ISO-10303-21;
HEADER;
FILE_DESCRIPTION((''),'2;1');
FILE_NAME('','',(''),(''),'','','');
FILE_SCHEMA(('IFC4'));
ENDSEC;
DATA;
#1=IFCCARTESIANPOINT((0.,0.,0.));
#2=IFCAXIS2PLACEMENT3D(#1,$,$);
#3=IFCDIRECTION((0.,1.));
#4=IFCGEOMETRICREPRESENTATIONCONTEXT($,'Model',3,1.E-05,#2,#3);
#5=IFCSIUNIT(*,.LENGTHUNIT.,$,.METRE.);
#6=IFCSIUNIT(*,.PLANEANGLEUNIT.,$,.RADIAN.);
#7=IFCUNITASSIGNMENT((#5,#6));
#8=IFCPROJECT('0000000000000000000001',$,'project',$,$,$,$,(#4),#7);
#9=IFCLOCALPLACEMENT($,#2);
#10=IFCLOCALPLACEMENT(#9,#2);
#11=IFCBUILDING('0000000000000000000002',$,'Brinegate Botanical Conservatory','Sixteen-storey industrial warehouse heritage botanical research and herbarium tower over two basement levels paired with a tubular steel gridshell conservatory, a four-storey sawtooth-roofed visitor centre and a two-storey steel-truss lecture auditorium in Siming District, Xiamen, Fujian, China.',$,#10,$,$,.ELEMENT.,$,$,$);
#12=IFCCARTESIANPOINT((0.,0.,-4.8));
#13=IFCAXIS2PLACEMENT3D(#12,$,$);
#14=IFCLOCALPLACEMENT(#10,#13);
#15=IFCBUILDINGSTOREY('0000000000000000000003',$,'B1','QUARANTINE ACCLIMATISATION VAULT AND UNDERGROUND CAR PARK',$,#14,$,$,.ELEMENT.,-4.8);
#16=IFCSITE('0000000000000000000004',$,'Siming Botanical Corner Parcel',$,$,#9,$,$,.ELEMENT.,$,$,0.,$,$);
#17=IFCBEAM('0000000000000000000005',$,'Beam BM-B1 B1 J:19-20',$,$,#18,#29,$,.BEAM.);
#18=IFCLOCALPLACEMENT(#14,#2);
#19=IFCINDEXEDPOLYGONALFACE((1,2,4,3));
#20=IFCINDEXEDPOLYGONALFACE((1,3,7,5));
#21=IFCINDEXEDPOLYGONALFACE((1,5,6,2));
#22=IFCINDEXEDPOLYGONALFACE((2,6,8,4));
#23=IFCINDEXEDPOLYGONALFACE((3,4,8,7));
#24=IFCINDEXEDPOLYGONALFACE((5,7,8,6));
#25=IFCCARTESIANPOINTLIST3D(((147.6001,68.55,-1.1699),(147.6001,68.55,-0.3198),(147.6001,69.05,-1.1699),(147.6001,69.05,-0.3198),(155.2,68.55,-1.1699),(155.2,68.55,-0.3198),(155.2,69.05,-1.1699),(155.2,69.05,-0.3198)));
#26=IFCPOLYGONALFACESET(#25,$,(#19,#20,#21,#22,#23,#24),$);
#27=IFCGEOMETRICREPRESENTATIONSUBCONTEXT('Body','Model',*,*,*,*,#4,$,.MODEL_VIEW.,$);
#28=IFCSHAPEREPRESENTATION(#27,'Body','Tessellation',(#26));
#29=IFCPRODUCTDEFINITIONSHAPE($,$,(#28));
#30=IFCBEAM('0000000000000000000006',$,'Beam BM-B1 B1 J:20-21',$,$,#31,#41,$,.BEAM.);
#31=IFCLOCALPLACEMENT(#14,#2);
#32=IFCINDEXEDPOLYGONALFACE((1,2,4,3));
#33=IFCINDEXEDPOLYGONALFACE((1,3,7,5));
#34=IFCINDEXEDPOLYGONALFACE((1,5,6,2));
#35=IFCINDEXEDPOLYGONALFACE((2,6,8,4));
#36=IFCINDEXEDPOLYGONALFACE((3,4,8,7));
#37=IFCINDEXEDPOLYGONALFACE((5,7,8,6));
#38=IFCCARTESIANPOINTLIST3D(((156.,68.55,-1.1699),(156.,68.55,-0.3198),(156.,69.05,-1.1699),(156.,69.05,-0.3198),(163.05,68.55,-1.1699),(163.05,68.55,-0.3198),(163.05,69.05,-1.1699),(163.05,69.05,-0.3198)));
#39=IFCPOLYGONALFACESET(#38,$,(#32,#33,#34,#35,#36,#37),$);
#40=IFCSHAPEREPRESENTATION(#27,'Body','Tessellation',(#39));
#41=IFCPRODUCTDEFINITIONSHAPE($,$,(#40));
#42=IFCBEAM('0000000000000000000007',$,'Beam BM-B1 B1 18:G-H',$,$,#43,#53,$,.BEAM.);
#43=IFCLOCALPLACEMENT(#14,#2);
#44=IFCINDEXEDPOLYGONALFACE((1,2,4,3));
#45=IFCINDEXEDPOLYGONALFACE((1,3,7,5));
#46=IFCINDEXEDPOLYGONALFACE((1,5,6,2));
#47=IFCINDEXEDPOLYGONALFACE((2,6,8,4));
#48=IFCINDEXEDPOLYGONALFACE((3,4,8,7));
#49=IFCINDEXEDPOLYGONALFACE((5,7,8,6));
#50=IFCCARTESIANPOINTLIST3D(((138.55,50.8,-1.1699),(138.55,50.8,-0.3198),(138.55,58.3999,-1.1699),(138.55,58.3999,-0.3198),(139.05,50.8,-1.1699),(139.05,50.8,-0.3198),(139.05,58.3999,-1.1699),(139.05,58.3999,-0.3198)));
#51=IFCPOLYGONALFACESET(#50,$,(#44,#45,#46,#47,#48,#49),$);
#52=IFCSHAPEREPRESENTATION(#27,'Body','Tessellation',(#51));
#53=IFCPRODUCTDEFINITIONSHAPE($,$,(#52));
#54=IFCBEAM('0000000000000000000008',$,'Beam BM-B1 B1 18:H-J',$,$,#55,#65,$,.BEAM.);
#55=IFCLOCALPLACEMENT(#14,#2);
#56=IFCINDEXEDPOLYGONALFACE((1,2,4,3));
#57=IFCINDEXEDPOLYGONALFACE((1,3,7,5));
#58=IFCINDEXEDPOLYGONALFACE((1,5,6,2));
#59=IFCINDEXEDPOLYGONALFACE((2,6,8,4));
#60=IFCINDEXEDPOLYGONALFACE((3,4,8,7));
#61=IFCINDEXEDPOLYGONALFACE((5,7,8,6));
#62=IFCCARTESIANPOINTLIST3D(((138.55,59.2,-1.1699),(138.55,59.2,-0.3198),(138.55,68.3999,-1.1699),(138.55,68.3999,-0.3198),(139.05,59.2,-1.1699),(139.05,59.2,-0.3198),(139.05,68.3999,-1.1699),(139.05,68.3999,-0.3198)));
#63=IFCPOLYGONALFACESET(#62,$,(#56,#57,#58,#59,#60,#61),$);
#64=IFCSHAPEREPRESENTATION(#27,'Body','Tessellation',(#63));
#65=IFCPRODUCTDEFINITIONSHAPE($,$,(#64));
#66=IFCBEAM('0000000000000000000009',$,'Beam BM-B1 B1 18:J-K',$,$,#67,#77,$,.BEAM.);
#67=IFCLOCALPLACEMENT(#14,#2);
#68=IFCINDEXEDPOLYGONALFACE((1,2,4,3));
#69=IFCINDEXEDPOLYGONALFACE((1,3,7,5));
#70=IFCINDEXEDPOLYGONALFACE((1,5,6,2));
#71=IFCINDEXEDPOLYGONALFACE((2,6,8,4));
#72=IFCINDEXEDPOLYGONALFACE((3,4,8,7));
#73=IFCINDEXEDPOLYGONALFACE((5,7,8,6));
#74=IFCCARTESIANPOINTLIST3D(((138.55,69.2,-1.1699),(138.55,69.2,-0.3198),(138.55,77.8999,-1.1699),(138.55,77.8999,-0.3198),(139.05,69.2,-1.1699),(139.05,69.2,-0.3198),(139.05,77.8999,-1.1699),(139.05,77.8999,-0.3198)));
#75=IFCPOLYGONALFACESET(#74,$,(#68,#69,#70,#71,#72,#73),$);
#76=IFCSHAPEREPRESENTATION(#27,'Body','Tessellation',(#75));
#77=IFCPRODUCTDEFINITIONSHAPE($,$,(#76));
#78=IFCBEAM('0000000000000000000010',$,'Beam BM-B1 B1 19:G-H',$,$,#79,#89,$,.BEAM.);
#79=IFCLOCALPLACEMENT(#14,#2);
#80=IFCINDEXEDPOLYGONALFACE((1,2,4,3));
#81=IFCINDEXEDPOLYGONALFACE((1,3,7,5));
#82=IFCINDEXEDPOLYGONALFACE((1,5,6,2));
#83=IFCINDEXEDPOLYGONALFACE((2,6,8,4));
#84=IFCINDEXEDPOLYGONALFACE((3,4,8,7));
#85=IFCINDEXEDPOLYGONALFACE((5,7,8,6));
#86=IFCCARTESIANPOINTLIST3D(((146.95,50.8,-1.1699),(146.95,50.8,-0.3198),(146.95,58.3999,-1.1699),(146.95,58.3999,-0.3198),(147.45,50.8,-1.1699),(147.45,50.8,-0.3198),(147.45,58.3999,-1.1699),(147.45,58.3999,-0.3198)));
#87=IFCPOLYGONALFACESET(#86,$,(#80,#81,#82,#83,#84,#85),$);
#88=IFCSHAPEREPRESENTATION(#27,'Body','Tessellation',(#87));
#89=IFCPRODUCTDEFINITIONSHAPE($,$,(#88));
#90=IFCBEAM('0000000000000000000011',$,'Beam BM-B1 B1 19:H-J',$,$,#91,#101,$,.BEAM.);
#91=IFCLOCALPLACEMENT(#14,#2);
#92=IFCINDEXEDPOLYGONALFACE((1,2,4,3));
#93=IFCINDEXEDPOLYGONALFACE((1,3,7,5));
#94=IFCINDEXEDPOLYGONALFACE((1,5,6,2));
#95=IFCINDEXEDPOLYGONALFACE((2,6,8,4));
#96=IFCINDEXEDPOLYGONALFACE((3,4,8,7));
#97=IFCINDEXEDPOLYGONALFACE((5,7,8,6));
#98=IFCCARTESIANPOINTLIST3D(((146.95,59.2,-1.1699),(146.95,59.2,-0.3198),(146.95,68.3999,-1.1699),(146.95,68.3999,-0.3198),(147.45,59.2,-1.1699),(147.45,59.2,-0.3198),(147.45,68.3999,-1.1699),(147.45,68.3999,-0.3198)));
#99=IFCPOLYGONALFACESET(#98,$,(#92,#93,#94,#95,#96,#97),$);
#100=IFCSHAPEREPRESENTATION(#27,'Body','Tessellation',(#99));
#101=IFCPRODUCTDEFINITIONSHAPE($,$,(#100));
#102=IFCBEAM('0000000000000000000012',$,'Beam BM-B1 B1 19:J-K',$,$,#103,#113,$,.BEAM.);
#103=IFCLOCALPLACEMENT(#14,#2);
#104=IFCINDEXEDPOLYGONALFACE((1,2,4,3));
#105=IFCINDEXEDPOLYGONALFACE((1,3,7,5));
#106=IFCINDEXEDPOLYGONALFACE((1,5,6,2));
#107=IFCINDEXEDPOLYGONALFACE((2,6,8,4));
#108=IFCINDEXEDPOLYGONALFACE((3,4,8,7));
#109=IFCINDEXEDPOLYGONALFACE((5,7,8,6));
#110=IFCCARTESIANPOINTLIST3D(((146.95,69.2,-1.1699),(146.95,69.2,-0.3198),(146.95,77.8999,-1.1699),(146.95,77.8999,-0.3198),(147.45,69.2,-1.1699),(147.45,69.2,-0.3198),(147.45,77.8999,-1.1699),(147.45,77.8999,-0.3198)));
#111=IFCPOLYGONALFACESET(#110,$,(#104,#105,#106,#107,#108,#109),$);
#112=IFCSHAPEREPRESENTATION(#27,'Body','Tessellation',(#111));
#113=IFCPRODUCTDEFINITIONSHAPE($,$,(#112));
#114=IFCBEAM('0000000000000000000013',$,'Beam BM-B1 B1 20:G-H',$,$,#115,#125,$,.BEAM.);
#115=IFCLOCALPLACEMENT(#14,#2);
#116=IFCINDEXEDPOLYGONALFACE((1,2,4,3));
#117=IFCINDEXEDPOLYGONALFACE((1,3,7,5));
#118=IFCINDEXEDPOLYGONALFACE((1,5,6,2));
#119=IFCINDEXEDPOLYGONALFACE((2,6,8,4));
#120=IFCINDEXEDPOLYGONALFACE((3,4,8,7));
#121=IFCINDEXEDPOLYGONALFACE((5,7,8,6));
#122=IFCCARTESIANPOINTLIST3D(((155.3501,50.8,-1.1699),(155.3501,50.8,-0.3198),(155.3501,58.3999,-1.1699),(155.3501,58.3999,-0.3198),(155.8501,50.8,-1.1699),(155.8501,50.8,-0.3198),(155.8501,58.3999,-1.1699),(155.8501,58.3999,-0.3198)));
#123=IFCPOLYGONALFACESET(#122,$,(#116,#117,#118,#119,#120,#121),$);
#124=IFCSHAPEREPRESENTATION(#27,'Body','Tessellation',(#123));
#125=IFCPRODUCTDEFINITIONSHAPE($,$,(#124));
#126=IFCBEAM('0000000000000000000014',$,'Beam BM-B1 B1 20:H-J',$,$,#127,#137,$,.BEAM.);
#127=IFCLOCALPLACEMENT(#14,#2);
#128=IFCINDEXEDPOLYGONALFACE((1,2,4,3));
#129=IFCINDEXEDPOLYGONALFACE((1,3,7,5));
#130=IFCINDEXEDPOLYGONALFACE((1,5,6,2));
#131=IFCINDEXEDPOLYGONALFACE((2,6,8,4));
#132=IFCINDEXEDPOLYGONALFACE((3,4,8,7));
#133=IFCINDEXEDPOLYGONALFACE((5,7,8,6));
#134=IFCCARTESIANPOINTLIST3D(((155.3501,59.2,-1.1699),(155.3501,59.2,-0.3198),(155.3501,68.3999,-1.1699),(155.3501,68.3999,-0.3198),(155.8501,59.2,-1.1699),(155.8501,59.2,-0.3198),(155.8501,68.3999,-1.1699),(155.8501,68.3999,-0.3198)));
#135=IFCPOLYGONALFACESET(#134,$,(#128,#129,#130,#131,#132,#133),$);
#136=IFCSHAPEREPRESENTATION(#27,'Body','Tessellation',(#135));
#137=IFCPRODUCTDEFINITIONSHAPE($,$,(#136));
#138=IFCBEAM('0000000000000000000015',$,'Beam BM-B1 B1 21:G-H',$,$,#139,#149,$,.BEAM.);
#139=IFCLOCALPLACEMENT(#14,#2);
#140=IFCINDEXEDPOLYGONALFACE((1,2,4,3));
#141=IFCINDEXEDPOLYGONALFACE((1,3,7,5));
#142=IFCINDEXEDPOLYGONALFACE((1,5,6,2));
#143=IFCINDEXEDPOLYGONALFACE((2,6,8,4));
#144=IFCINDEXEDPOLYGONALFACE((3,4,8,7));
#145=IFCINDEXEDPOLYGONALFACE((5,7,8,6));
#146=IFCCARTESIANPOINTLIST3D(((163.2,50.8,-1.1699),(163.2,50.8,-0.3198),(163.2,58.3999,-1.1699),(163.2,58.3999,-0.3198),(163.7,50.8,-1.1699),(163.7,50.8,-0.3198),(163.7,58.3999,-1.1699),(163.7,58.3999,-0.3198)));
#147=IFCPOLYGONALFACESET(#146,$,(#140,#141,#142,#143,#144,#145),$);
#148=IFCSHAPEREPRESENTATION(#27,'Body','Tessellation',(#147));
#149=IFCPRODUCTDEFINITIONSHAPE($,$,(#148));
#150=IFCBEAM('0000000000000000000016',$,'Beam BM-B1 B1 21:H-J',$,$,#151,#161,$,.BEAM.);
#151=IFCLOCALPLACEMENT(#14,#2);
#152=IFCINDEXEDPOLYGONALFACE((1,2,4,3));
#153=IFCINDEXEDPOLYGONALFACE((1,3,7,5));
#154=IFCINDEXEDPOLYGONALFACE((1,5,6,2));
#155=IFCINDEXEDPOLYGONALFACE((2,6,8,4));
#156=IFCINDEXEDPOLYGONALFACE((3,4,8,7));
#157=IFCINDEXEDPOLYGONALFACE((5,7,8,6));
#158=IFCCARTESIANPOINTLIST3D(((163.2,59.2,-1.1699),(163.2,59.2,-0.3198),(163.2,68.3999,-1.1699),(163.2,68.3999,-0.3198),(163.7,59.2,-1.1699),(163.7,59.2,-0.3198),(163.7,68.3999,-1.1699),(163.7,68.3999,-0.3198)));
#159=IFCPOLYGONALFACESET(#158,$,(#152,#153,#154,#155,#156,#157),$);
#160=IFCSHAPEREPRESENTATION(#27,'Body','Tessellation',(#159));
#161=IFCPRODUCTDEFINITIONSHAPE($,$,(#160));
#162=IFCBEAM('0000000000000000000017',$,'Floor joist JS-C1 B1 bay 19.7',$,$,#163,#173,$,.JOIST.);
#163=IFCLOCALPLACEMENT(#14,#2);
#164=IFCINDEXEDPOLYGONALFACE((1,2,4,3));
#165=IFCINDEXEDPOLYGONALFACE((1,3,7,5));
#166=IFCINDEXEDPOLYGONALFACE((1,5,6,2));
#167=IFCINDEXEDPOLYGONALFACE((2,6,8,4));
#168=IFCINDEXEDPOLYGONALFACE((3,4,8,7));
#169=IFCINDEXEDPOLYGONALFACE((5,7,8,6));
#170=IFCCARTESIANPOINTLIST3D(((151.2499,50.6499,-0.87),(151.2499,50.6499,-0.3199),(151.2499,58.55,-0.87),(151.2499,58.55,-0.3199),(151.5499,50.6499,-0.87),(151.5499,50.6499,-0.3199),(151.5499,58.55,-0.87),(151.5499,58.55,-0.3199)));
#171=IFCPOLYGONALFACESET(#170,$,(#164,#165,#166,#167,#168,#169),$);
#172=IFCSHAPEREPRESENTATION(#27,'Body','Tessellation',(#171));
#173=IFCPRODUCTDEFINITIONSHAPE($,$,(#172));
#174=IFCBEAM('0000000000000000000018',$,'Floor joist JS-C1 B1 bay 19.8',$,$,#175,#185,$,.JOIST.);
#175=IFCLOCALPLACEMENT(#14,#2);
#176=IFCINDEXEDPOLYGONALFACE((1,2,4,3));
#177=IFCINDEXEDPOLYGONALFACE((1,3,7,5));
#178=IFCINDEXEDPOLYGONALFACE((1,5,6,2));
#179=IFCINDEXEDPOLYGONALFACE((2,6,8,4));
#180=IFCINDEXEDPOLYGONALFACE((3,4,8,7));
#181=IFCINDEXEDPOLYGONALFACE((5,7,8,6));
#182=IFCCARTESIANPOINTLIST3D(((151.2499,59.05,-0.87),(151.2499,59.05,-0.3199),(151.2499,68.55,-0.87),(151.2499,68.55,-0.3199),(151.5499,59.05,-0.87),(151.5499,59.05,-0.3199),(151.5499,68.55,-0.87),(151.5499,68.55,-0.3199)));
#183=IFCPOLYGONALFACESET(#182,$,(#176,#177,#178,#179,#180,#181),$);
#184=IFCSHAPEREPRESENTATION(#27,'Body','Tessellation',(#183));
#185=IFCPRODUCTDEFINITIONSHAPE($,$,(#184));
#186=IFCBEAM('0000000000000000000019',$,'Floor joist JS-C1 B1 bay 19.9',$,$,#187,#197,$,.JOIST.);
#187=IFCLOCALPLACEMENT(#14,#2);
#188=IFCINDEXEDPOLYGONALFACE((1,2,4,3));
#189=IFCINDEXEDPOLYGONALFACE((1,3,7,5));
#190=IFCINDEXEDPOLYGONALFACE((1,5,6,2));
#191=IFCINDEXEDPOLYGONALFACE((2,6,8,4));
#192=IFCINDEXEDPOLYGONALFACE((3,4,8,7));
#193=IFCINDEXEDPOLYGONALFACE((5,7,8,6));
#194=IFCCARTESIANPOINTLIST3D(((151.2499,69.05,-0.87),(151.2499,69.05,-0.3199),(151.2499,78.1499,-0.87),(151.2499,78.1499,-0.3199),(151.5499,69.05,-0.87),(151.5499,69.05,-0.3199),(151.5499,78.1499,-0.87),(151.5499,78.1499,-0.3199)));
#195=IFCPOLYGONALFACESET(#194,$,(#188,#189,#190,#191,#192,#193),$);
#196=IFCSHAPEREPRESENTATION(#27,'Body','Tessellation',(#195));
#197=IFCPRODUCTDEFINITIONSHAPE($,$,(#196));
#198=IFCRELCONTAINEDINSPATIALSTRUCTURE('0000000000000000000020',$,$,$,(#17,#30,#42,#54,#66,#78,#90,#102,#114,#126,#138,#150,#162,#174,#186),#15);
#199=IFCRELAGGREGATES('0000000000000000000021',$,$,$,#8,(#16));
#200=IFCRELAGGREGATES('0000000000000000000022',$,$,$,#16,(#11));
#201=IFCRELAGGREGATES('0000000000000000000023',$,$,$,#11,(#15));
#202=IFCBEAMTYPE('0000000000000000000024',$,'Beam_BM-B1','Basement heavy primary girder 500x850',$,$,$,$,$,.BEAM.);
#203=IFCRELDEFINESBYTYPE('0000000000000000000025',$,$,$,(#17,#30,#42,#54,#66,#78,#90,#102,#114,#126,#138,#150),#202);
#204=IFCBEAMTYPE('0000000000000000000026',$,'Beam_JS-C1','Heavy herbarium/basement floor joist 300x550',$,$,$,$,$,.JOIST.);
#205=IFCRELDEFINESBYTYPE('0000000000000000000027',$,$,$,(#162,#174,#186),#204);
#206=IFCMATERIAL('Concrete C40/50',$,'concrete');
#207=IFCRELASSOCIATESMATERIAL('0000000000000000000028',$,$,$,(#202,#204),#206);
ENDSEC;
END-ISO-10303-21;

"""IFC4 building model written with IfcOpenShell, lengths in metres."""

from ifc_helpers import new_model, si_unit, direction, frame, origin, origin_2d, place, context, subcontext, project, spatial, rectangle, extrude, material, material_profile, profile_set, type_object, element, save


model = new_model("IFC4")

# Units and contexts
model_context = context("Model", 3, precision=1e-05, world=origin(), true_north=direction((0.0, 1.0)))
body_context = subcontext(model_context, "Body", "Model", "MODEL_VIEW")
ifc_project = project(units=[si_unit("LENGTHUNIT", "METRE"), si_unit("PLANEANGLEUNIT", "RADIAN")], contexts=[model_context])

# Site, building, storey
site_placement = place(None, origin())
site = spatial("IfcSite", under=ifc_project, at=site_placement, Name="Siming Botanical Corner Parcel", CompositionType="ELEMENT", RefElevation=0.0)
building_placement = place(site_placement, origin())
building = spatial("IfcBuilding", under=site, at=building_placement, Name="Brinegate Botanical Conservatory", Description="Sixteen-storey industrial warehouse heritage botanical research and herbarium tower over two basement levels paired with a tubular steel gridshell conservatory, a four-storey sawtooth-roofed visitor centre and a two-storey steel-truss lecture auditorium in Siming District, Xiamen, Fujian, China.", CompositionType="ELEMENT")
storey_placement = place(building_placement, frame((0.0, 0.0, -4.8)))
storey = spatial("IfcBuildingStorey", under=building, at=storey_placement, Name="B1", Description="QUARANTINE ACCLIMATISATION VAULT AND UNDERGROUND CAR PARK", CompositionType="ELEMENT", Elevation=-4.8)

# Shared definitions
ifc_material = material(Name="Concrete C40/50", Category="concrete")

# Beams
ifc_material_profile_1 = material_profile(ifc_material, rectangle(XDim=0.5, YDim=0.8501, at=origin_2d()), Name="RC BM 500x850")
ifc_profile_set_1 = profile_set([ifc_material_profile_1], Name="Concrete C40/50")
beam_type_1 = type_object("IfcBeamType", Name="Beam_BM-B1", Description="Basement heavy primary girder 500x850", PredefinedType="BEAM", material=ifc_profile_set_1)
beam_1_placement = place(storey_placement, frame((147.6001, 68.8, -0.7449), z_axis=(1.0, 0.0, 0.0), x_axis=(0.0, 1.0, 0.0)))
element("IfcBeam", 1, at=beam_1_placement, inside=storey, type_object=beam_type_1, Name="Beam BM-B1 B1 J:19-20", PredefinedType="BEAM", context=body_context, shape_type="SweptSolid", body=[
    extrude(rectangle(XDim=0.5, YDim=0.8501, at=origin_2d()), origin(), (0.0, 0.0, 1.0), 7.5999),
])
beam_2_placement = place(storey_placement, frame((156.0, 68.8, -0.7449), z_axis=(1.0, 0.0, 0.0), x_axis=(0.0, 1.0, 0.0)))
element("IfcBeam", 2, at=beam_2_placement, inside=storey, type_object=beam_type_1, Name="Beam BM-B1 B1 J:20-21", PredefinedType="BEAM", context=body_context, shape_type="SweptSolid", body=[
    extrude(rectangle(XDim=0.5, YDim=0.8501, at=origin_2d()), origin(), (0.0, 0.0, 1.0), 7.05),
])
beam_3_placement = place(storey_placement, frame((138.8, 50.8, -0.7449), z_axis=(0.0, 1.0, 0.0), x_axis=(-1.0, 0.0, 0.0)))
element("IfcBeam", 3, at=beam_3_placement, inside=storey, type_object=beam_type_1, Name="Beam BM-B1 B1 18:G-H", PredefinedType="BEAM", context=body_context, shape_type="SweptSolid", body=[
    extrude(rectangle(XDim=0.5, YDim=0.8501, at=origin_2d()), origin(), (0.0, 0.0, 1.0), 7.5999),
])
beam_4_placement = place(storey_placement, frame((138.8, 59.2, -0.7449), z_axis=(0.0, 1.0, 0.0), x_axis=(-1.0, 0.0, 0.0)))
element("IfcBeam", 4, at=beam_4_placement, inside=storey, type_object=beam_type_1, Name="Beam BM-B1 B1 18:H-J", PredefinedType="BEAM", context=body_context, shape_type="SweptSolid", body=[
    extrude(rectangle(XDim=0.5, YDim=0.8501, at=origin_2d()), origin(), (0.0, 0.0, 1.0), 9.2),
])
beam_5_placement = place(storey_placement, frame((138.8, 69.2, -0.7449), z_axis=(0.0, 1.0, 0.0), x_axis=(-1.0, 0.0, 0.0)))
element("IfcBeam", 5, at=beam_5_placement, inside=storey, type_object=beam_type_1, Name="Beam BM-B1 B1 18:J-K", PredefinedType="BEAM", context=body_context, shape_type="SweptSolid", body=[
    extrude(rectangle(XDim=0.5, YDim=0.8501, at=origin_2d()), origin(), (0.0, 0.0, 1.0), 8.7),
])
beam_6_placement = place(storey_placement, frame((147.2, 50.8, -0.7449), z_axis=(0.0, 1.0, 0.0), x_axis=(-1.0, 0.0, 0.0)))
element("IfcBeam", 6, at=beam_6_placement, inside=storey, type_object=beam_type_1, Name="Beam BM-B1 B1 19:G-H", PredefinedType="BEAM", context=body_context, shape_type="SweptSolid", body=[
    extrude(rectangle(XDim=0.5, YDim=0.8501, at=origin_2d()), origin(), (0.0, 0.0, 1.0), 7.5999),
])
beam_7_placement = place(storey_placement, frame((147.2, 59.2, -0.7449), z_axis=(0.0, 1.0, 0.0), x_axis=(-1.0, 0.0, 0.0)))
element("IfcBeam", 7, at=beam_7_placement, inside=storey, type_object=beam_type_1, Name="Beam BM-B1 B1 19:H-J", PredefinedType="BEAM", context=body_context, shape_type="SweptSolid", body=[
    extrude(rectangle(XDim=0.5, YDim=0.8501, at=origin_2d()), origin(), (0.0, 0.0, 1.0), 9.2),
])
beam_8_placement = place(storey_placement, frame((147.2, 69.2, -0.7449), z_axis=(0.0, 1.0, 0.0), x_axis=(-1.0, 0.0, 0.0)))
element("IfcBeam", 8, at=beam_8_placement, inside=storey, type_object=beam_type_1, Name="Beam BM-B1 B1 19:J-K", PredefinedType="BEAM", context=body_context, shape_type="SweptSolid", body=[
    extrude(rectangle(XDim=0.5, YDim=0.8501, at=origin_2d()), origin(), (0.0, 0.0, 1.0), 8.7),
])
beam_9_placement = place(storey_placement, frame((155.6001, 50.8, -0.7449), z_axis=(0.0, 1.0, 0.0), x_axis=(-1.0, 0.0, 0.0)))
element("IfcBeam", 9, at=beam_9_placement, inside=storey, type_object=beam_type_1, Name="Beam BM-B1 B1 20:G-H", PredefinedType="BEAM", context=body_context, shape_type="SweptSolid", body=[
    extrude(rectangle(XDim=0.5, YDim=0.8501, at=origin_2d()), origin(), (0.0, 0.0, 1.0), 7.5999),
])
beam_10_placement = place(storey_placement, frame((155.6001, 59.2, -0.7449), z_axis=(0.0, 1.0, 0.0), x_axis=(-1.0, 0.0, 0.0)))
element("IfcBeam", 10, at=beam_10_placement, inside=storey, type_object=beam_type_1, Name="Beam BM-B1 B1 20:H-J", PredefinedType="BEAM", context=body_context, shape_type="SweptSolid", body=[
    extrude(rectangle(XDim=0.5, YDim=0.8501, at=origin_2d()), origin(), (0.0, 0.0, 1.0), 9.2),
])
beam_11_placement = place(storey_placement, frame((163.45, 50.8, -0.7449), z_axis=(0.0, 1.0, 0.0), x_axis=(-1.0, 0.0, 0.0)))
element("IfcBeam", 11, at=beam_11_placement, inside=storey, type_object=beam_type_1, Name="Beam BM-B1 B1 21:G-H", PredefinedType="BEAM", context=body_context, shape_type="SweptSolid", body=[
    extrude(rectangle(XDim=0.5, YDim=0.8501, at=origin_2d()), origin(), (0.0, 0.0, 1.0), 7.5999),
])
beam_12_placement = place(storey_placement, frame((163.45, 59.2, -0.7449), z_axis=(0.0, 1.0, 0.0), x_axis=(-1.0, 0.0, 0.0)))
element("IfcBeam", 12, at=beam_12_placement, inside=storey, type_object=beam_type_1, Name="Beam BM-B1 B1 21:H-J", PredefinedType="BEAM", context=body_context, shape_type="SweptSolid", body=[
    extrude(rectangle(XDim=0.5, YDim=0.8501, at=origin_2d()), origin(), (0.0, 0.0, 1.0), 9.2),
])
ifc_material_profile_2 = material_profile(ifc_material, rectangle(XDim=0.3, YDim=0.55, at=origin_2d()), Name="RC JST 300x550")
ifc_profile_set_2 = profile_set([ifc_material_profile_2], Name="Concrete C40/50")
beam_type_2 = type_object("IfcBeamType", Name="Beam_JS-C1", Description="Heavy herbarium/basement floor joist 300x550", PredefinedType="JOIST", material=ifc_profile_set_2)
beam_13_placement = place(storey_placement, frame((151.3999, 50.6499, -0.595), z_axis=(0.0, 1.0, 0.0), x_axis=(-1.0, 0.0, 0.0)))
element("IfcBeam", 13, at=beam_13_placement, inside=storey, type_object=beam_type_2, Name="Floor joist JS-C1 B1 bay 19.7", PredefinedType="JOIST", context=body_context, shape_type="SweptSolid", body=[
    extrude(rectangle(XDim=0.3, YDim=0.55, at=origin_2d()), origin(), (0.0, 0.0, 1.0), 7.9001),
])
beam_14_placement = place(storey_placement, frame((151.3999, 59.05, -0.595), z_axis=(0.0, 1.0, 0.0), x_axis=(-1.0, 0.0, 0.0)))
element("IfcBeam", 14, at=beam_14_placement, inside=storey, type_object=beam_type_2, Name="Floor joist JS-C1 B1 bay 19.8", PredefinedType="JOIST", context=body_context, shape_type="SweptSolid", body=[
    extrude(rectangle(XDim=0.3, YDim=0.55, at=origin_2d()), origin(), (0.0, 0.0, 1.0), 9.5),
])
beam_15_placement = place(storey_placement, frame((151.3999, 69.05, -0.595), z_axis=(0.0, 1.0, 0.0), x_axis=(-1.0, 0.0, 0.0)))
element("IfcBeam", 15, at=beam_15_placement, inside=storey, type_object=beam_type_2, Name="Floor joist JS-C1 B1 bay 19.9", PredefinedType="JOIST", context=body_context, shape_type="SweptSolid", body=[
    extrude(rectangle(XDim=0.3, YDim=0.55, at=origin_2d()), origin(), (0.0, 0.0, 1.0), 9.0999),
])

save(model, "model.ifc")
